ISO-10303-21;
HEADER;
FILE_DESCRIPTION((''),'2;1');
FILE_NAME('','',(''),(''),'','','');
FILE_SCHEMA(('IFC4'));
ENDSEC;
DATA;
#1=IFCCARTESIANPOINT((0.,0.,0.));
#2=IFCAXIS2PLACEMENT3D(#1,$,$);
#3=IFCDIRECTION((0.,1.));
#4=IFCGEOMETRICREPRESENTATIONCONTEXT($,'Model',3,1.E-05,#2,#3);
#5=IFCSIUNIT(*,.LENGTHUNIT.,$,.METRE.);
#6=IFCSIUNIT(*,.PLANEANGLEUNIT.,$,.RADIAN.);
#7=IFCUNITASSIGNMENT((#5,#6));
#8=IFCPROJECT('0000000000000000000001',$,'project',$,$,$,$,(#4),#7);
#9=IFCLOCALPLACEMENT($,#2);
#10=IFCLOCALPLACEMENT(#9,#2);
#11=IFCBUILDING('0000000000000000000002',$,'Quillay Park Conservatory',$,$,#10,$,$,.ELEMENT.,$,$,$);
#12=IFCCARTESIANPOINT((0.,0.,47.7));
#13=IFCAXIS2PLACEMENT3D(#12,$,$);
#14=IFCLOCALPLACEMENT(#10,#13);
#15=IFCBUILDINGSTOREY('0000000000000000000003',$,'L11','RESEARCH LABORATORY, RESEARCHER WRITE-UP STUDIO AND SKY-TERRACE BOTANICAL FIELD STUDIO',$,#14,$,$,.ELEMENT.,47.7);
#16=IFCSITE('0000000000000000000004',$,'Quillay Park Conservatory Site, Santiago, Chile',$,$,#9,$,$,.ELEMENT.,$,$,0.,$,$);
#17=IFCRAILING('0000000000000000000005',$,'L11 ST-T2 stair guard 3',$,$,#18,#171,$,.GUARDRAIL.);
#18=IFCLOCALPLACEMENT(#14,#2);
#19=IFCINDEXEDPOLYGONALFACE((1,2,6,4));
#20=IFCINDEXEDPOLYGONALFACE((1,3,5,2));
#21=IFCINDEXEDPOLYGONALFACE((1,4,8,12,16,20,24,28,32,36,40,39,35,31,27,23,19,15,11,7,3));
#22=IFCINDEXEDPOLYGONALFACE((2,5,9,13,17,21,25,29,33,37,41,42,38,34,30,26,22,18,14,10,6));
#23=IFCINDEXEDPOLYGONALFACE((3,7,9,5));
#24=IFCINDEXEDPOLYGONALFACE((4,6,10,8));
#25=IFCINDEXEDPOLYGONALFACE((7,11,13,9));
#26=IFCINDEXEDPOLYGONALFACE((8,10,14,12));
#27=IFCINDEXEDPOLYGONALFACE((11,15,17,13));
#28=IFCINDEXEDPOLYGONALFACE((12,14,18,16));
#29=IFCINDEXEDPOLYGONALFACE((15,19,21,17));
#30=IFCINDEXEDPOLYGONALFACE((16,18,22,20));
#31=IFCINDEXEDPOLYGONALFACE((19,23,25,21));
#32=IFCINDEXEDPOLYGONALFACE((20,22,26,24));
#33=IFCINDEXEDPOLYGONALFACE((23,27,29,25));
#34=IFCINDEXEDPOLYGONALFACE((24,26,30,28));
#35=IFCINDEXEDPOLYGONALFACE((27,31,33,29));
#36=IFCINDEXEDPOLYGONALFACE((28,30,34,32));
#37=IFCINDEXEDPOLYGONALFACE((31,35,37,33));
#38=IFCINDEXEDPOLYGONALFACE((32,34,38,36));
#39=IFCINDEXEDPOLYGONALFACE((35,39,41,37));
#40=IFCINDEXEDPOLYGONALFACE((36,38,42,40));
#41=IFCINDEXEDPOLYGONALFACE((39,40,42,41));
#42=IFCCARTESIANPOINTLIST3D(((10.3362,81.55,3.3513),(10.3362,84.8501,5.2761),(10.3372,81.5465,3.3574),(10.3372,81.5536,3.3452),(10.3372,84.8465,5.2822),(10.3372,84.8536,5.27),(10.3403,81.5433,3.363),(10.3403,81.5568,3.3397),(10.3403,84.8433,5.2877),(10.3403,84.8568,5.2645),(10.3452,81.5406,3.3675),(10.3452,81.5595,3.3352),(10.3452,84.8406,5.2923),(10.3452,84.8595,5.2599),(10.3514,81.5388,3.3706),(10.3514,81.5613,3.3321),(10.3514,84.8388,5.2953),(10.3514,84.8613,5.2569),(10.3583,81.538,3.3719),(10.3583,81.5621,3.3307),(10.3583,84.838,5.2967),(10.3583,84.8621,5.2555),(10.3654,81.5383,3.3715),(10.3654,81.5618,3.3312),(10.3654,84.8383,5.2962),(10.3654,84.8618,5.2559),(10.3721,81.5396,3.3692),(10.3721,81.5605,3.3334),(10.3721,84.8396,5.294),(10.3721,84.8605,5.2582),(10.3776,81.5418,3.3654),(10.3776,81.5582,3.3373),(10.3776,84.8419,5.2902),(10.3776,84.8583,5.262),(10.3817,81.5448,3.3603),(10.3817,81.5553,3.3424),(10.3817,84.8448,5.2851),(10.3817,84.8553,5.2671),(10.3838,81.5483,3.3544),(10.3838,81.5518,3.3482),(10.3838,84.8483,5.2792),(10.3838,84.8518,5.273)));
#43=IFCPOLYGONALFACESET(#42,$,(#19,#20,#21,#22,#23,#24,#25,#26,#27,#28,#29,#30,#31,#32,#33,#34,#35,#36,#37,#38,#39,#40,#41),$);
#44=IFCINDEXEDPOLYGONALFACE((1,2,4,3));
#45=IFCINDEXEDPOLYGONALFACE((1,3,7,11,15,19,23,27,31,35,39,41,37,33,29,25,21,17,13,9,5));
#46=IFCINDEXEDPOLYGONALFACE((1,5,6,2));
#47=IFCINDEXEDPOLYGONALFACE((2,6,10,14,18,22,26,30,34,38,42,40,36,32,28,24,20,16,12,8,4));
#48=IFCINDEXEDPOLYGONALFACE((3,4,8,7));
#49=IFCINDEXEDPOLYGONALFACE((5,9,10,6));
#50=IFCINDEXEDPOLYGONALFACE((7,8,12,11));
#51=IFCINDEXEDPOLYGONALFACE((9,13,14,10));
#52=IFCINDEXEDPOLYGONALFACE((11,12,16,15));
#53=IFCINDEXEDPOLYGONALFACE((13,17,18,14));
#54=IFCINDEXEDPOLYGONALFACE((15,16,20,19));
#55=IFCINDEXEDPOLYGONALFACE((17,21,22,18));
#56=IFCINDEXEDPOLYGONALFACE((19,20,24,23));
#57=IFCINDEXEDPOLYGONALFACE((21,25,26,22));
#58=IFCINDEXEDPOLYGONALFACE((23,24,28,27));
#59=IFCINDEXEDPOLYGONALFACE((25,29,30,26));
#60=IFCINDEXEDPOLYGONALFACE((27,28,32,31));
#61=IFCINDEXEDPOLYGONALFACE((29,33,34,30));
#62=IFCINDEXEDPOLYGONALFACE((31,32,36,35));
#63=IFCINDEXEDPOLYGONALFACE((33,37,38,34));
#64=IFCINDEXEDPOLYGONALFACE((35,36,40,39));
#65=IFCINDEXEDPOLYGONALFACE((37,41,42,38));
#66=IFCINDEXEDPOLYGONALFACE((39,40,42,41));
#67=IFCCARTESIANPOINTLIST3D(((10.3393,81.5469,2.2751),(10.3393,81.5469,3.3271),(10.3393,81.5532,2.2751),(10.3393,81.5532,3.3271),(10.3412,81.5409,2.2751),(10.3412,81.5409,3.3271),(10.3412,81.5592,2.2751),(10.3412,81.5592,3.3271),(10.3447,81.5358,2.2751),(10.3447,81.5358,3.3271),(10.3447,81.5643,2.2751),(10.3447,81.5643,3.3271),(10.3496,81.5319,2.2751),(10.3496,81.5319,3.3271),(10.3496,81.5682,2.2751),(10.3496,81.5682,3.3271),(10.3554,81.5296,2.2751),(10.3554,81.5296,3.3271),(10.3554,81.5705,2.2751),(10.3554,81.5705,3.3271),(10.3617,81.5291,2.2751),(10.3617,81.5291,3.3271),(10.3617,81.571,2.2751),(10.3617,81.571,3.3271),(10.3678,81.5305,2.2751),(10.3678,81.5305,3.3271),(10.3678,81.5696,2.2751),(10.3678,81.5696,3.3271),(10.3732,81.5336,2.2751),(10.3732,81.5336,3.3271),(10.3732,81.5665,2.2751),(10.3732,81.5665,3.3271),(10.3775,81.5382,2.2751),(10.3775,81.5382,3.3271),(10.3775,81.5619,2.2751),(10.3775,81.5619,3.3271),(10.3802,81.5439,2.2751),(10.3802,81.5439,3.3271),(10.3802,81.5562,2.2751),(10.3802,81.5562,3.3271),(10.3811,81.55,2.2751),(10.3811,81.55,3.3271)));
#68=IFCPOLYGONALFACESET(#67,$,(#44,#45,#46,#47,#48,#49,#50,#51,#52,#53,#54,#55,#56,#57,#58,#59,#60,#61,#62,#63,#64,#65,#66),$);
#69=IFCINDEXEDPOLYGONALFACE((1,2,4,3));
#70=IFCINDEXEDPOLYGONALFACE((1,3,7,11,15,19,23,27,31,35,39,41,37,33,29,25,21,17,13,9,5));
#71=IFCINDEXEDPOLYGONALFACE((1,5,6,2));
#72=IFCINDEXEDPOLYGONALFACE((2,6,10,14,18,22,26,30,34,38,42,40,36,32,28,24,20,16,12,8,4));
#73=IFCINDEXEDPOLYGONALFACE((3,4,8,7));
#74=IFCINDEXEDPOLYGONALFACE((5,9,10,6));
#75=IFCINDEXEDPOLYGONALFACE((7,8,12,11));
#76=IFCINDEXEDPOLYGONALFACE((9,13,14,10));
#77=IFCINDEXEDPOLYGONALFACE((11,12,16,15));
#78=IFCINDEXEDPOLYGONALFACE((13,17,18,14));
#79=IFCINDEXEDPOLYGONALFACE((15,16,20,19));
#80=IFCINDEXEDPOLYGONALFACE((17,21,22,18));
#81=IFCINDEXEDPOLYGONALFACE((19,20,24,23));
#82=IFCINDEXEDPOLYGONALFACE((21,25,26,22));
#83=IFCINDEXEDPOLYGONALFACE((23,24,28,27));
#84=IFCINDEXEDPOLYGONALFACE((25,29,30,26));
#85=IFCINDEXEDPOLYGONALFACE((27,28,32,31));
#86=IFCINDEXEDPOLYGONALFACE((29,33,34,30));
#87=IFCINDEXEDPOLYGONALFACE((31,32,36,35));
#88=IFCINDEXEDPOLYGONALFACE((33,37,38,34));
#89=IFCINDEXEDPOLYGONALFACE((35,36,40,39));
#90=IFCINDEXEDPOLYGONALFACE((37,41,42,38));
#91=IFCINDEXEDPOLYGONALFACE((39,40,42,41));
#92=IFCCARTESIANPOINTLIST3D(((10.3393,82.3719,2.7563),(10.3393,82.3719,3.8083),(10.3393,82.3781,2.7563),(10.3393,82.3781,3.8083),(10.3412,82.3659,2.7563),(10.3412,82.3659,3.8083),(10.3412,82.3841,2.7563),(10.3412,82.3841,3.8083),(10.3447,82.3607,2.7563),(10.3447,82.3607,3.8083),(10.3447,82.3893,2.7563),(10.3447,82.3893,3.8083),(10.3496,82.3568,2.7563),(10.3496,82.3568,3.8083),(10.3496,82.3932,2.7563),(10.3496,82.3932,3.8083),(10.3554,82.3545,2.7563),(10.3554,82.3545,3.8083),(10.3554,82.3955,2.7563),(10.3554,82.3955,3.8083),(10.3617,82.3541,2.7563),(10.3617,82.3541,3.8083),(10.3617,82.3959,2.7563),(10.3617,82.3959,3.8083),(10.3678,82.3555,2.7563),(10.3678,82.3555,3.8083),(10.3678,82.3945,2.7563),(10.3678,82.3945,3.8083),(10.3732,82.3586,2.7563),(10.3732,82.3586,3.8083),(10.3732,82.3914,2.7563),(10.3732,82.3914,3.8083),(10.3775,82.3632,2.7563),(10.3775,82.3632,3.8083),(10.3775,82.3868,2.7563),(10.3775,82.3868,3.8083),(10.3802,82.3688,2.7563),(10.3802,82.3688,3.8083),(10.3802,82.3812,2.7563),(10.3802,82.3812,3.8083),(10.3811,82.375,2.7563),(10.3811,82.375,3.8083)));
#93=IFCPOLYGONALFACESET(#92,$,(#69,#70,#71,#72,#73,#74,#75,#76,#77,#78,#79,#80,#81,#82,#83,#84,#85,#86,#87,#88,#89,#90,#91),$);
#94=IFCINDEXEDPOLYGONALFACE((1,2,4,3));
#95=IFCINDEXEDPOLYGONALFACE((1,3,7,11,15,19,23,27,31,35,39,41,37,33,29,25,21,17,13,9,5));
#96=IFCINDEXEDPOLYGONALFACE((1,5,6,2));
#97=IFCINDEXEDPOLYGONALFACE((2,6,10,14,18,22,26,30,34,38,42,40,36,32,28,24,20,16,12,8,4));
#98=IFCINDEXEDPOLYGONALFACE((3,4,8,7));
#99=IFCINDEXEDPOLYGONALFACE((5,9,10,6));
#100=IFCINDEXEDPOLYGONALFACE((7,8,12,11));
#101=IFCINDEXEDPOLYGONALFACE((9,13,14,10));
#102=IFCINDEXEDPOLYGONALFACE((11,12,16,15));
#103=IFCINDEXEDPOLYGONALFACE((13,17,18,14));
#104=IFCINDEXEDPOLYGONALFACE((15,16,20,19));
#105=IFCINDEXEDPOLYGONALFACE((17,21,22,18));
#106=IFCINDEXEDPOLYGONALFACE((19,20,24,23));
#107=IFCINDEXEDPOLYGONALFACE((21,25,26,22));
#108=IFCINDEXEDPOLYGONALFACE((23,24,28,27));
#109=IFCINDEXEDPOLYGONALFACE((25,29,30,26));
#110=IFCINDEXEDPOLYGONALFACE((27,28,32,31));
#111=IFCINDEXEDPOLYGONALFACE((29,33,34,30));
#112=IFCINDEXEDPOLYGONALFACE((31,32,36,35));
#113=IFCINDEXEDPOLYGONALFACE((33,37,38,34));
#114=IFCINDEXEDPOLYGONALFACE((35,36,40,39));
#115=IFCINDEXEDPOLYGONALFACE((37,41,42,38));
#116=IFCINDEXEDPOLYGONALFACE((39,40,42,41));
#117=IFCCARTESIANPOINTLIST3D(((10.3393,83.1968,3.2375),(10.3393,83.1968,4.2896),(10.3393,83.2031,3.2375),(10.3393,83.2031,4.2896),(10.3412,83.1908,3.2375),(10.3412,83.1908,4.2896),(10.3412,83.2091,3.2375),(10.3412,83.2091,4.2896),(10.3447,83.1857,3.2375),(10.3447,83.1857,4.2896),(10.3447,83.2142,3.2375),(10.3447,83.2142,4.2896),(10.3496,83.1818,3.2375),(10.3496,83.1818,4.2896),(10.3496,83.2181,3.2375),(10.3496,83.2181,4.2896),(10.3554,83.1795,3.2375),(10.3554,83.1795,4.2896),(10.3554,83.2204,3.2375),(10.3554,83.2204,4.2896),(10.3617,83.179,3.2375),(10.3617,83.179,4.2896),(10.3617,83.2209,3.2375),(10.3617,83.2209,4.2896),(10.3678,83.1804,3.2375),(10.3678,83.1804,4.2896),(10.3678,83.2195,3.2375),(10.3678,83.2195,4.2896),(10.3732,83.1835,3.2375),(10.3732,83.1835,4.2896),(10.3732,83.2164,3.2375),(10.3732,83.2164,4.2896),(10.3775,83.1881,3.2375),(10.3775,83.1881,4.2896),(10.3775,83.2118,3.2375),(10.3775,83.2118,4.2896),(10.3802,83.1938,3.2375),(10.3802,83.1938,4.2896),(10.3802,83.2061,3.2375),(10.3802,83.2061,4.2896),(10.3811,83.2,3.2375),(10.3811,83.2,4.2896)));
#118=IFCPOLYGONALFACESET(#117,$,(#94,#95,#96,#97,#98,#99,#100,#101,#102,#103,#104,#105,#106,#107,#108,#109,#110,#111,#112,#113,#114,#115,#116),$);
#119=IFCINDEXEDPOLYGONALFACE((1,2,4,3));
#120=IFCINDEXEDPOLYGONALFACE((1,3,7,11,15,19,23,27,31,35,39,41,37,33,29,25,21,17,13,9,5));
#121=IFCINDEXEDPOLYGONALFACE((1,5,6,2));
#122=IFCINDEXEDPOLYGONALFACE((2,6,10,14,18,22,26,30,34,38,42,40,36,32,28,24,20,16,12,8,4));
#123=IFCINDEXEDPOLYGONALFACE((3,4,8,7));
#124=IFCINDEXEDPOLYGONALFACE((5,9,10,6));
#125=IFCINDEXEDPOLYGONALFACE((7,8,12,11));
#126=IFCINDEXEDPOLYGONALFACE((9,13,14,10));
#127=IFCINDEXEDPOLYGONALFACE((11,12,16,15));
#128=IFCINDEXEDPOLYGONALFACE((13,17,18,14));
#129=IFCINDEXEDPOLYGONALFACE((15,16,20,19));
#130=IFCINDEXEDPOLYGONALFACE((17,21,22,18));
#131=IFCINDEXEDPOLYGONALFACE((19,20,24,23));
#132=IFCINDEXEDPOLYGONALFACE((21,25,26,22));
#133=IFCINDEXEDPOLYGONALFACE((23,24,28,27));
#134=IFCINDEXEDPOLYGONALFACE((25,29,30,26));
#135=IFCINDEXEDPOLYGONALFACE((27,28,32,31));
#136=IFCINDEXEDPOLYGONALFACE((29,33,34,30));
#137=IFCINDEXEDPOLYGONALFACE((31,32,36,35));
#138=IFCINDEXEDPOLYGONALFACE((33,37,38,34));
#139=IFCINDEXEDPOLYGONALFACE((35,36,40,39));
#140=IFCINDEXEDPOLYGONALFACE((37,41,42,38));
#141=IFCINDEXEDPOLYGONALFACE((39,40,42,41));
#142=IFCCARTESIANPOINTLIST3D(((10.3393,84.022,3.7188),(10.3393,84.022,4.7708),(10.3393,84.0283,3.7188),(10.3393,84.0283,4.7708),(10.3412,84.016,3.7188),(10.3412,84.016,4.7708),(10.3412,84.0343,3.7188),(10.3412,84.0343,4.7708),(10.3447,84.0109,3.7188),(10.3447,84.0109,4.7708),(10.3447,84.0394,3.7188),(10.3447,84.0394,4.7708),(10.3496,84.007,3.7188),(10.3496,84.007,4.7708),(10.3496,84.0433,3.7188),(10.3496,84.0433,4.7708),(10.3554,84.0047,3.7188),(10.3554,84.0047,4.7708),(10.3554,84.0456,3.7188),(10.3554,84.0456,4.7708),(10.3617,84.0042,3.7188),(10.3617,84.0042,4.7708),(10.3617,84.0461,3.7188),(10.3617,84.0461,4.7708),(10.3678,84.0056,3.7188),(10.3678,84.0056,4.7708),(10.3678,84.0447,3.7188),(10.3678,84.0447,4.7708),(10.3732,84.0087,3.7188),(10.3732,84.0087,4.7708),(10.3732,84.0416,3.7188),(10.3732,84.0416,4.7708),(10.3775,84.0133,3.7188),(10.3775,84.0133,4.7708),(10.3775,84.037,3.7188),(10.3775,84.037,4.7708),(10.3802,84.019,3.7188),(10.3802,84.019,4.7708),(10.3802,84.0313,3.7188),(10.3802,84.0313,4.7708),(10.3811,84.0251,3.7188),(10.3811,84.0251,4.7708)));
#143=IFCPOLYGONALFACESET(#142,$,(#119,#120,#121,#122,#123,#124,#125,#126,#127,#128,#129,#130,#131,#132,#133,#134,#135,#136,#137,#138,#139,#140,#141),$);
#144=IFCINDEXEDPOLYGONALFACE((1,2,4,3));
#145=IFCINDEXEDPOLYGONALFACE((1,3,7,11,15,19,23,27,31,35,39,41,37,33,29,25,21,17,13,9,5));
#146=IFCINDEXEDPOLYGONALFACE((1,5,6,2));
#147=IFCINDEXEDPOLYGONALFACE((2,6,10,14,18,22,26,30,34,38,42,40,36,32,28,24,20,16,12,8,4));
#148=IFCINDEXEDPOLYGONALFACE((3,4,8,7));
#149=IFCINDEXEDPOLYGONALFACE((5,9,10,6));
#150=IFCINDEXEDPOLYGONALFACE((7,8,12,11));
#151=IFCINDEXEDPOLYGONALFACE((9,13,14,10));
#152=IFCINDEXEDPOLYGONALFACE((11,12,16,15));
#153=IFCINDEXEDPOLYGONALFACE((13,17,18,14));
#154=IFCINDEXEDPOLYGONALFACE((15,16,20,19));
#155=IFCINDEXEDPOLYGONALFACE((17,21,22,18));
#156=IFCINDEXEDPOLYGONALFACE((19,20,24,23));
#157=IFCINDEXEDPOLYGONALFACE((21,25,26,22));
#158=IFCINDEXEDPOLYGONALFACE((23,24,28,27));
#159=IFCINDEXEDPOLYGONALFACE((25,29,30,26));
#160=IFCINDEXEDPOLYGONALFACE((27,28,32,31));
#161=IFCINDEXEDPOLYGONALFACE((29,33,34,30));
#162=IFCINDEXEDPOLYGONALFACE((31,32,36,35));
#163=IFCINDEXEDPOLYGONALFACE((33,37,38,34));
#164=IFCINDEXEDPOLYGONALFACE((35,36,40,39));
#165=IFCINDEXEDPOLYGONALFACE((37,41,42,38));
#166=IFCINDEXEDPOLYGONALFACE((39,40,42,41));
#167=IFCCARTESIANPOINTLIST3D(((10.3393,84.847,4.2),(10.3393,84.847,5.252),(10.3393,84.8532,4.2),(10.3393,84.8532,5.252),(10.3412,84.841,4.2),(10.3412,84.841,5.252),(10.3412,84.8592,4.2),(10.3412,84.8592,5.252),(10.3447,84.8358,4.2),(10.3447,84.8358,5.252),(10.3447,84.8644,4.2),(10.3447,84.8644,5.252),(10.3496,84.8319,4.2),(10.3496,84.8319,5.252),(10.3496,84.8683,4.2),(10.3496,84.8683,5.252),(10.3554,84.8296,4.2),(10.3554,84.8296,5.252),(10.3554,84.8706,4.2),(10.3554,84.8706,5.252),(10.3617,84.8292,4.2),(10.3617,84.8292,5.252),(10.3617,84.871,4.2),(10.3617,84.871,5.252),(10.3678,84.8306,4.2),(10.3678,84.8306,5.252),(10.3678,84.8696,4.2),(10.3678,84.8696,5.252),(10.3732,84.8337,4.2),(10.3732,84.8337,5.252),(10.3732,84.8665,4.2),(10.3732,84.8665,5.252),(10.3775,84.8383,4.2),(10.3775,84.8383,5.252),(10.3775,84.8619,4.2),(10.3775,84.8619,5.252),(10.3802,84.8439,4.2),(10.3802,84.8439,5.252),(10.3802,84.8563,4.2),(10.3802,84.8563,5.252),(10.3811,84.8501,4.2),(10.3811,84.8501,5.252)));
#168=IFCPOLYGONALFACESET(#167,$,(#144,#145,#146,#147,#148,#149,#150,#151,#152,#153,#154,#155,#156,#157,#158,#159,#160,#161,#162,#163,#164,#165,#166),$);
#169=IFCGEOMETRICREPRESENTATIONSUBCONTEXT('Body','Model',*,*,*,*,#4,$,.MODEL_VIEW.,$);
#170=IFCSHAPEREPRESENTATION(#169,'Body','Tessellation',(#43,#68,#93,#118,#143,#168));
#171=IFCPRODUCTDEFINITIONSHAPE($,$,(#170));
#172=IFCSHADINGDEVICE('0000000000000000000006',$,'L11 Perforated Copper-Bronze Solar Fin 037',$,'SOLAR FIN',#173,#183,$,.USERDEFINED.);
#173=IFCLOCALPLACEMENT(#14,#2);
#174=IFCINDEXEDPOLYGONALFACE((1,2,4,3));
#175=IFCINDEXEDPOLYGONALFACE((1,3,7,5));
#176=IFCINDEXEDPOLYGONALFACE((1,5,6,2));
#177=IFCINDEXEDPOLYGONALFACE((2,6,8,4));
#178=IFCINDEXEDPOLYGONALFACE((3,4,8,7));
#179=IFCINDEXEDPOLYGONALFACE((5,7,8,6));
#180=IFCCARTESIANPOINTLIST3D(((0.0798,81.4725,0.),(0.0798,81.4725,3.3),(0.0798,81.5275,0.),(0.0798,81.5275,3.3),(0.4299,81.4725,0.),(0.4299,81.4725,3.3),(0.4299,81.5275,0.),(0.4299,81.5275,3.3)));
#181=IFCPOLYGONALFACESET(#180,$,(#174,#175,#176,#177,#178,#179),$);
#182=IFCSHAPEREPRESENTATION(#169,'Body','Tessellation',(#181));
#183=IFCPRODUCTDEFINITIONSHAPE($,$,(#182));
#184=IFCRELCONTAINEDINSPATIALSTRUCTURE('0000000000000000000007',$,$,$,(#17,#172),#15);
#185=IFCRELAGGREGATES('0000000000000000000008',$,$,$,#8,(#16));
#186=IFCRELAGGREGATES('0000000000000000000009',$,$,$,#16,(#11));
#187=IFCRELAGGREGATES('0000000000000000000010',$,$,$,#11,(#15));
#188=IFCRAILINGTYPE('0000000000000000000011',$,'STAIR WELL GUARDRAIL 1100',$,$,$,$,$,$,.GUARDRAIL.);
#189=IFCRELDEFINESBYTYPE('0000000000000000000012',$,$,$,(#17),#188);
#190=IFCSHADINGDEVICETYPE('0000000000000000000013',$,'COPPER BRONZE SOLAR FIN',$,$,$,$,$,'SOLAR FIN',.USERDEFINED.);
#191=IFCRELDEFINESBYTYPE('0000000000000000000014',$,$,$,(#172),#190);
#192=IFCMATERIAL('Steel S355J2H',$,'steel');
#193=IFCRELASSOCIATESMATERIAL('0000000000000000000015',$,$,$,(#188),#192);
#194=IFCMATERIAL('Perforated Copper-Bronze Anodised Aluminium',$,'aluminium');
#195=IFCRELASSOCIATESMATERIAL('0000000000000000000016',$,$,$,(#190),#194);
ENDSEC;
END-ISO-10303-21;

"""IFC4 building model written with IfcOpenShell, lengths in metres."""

from ifc_helpers import new_model, si_unit, direction, frame, origin, origin_2d, place, context, subcontext, project, spatial, rectangle, circle, extrude, material, type_object, element, save


model = new_model("IFC4")

# Units and contexts
model_context = context("Model", 3, precision=1e-05, world=origin(), true_north=direction((0.0, 1.0)))
body_context = subcontext(model_context, "Body", "Model", "MODEL_VIEW")
ifc_project = project(units=[si_unit("LENGTHUNIT", "METRE"), si_unit("PLANEANGLEUNIT", "RADIAN")], contexts=[model_context])

# Site, building, storey
site_placement = place(None, origin())
site = spatial("IfcSite", under=ifc_project, at=site_placement, Name="Quillay Park Conservatory Site, Santiago, Chile", CompositionType="ELEMENT", RefElevation=0.0)
building_placement = place(site_placement, origin())
building = spatial("IfcBuilding", under=site, at=building_placement, Name="Quillay Park Conservatory", CompositionType="ELEMENT")
storey_placement = place(building_placement, frame((0.0, 0.0, 47.7)))
storey = spatial("IfcBuildingStorey", under=building, at=storey_placement, Name="L11", Description="RESEARCH LABORATORY, RESEARCHER WRITE-UP STUDIO AND SKY-TERRACE BOTANICAL FIELD STUDIO", CompositionType="ELEMENT", Elevation=47.7)

# Railing
ifc_material_1 = material(Name="Steel S355J2H", Category="steel")
railing_type_1 = type_object("IfcRailingType", Name="STAIR WELL GUARDRAIL 1100", PredefinedType="GUARDRAIL", material=ifc_material_1)
railing_1_placement = place(storey_placement, frame((10.3601, 81.55, 2.2751)))
element("IfcRailing", 1, at=railing_1_placement, inside=storey, type_object=railing_type_1, Name="L11 ST-T2 stair guard 3", PredefinedType="GUARDRAIL", context=body_context, shape_type="SweptSolid", body=[
    extrude(circle(Radius=0.0239, at=origin_2d()), frame((0.0, 0.0, 1.0762), z_axis=(0.0, 0.863804, 0.503827), x_axis=(-1.0, 0.0, 0.0)), (0.0, 0.0, 1.0), 3.8203),
    extrude(circle(Radius=0.021, at=origin_2d()), origin(), (0.0, 0.0, 1.0), 1.052),
    extrude(circle(Radius=0.021, at=origin_2d()), frame((0.0, 0.825, 0.4812)), (0.0, 0.0, 1.0), 1.052),
    extrude(circle(Radius=0.021, at=origin_2d()), frame((0.0, 1.6499, 0.9624)), (0.0, 0.0, 1.0), 1.052),
    extrude(circle(Radius=0.021, at=origin_2d()), frame((0.0, 2.4751, 1.4436)), (0.0, 0.0, 1.0), 1.052),
    extrude(circle(Radius=0.021, at=origin_2d()), frame((0.0, 3.3, 1.9248)), (0.0, 0.0, 1.0), 1.052),
])

# Shading device
ifc_material_2 = material(Name="Perforated Copper-Bronze Anodised Aluminium", Category="aluminium")
shading_device_type = type_object("IfcShadingDeviceType", Name="COPPER BRONZE SOLAR FIN", ElementType="SOLAR FIN", PredefinedType="USERDEFINED", material=ifc_material_2)
shading_device_placement = place(storey_placement, frame((0.2549, 81.5, 0.0), z_axis=(0.0, 0.0, 1.0), x_axis=(1.0, 0.0, 0.0)))
element("IfcShadingDevice", 2, at=shading_device_placement, inside=storey, type_object=shading_device_type, Name="L11 Perforated Copper-Bronze Solar Fin 037", ObjectType="SOLAR FIN", PredefinedType="USERDEFINED", context=body_context, shape_type="SweptSolid", body=[
    extrude(rectangle(XDim=0.3501, YDim=0.0549, at=origin_2d()), origin(), (0.0, 0.0, 1.0), 3.3),
])

save(model, "model.ifc")
